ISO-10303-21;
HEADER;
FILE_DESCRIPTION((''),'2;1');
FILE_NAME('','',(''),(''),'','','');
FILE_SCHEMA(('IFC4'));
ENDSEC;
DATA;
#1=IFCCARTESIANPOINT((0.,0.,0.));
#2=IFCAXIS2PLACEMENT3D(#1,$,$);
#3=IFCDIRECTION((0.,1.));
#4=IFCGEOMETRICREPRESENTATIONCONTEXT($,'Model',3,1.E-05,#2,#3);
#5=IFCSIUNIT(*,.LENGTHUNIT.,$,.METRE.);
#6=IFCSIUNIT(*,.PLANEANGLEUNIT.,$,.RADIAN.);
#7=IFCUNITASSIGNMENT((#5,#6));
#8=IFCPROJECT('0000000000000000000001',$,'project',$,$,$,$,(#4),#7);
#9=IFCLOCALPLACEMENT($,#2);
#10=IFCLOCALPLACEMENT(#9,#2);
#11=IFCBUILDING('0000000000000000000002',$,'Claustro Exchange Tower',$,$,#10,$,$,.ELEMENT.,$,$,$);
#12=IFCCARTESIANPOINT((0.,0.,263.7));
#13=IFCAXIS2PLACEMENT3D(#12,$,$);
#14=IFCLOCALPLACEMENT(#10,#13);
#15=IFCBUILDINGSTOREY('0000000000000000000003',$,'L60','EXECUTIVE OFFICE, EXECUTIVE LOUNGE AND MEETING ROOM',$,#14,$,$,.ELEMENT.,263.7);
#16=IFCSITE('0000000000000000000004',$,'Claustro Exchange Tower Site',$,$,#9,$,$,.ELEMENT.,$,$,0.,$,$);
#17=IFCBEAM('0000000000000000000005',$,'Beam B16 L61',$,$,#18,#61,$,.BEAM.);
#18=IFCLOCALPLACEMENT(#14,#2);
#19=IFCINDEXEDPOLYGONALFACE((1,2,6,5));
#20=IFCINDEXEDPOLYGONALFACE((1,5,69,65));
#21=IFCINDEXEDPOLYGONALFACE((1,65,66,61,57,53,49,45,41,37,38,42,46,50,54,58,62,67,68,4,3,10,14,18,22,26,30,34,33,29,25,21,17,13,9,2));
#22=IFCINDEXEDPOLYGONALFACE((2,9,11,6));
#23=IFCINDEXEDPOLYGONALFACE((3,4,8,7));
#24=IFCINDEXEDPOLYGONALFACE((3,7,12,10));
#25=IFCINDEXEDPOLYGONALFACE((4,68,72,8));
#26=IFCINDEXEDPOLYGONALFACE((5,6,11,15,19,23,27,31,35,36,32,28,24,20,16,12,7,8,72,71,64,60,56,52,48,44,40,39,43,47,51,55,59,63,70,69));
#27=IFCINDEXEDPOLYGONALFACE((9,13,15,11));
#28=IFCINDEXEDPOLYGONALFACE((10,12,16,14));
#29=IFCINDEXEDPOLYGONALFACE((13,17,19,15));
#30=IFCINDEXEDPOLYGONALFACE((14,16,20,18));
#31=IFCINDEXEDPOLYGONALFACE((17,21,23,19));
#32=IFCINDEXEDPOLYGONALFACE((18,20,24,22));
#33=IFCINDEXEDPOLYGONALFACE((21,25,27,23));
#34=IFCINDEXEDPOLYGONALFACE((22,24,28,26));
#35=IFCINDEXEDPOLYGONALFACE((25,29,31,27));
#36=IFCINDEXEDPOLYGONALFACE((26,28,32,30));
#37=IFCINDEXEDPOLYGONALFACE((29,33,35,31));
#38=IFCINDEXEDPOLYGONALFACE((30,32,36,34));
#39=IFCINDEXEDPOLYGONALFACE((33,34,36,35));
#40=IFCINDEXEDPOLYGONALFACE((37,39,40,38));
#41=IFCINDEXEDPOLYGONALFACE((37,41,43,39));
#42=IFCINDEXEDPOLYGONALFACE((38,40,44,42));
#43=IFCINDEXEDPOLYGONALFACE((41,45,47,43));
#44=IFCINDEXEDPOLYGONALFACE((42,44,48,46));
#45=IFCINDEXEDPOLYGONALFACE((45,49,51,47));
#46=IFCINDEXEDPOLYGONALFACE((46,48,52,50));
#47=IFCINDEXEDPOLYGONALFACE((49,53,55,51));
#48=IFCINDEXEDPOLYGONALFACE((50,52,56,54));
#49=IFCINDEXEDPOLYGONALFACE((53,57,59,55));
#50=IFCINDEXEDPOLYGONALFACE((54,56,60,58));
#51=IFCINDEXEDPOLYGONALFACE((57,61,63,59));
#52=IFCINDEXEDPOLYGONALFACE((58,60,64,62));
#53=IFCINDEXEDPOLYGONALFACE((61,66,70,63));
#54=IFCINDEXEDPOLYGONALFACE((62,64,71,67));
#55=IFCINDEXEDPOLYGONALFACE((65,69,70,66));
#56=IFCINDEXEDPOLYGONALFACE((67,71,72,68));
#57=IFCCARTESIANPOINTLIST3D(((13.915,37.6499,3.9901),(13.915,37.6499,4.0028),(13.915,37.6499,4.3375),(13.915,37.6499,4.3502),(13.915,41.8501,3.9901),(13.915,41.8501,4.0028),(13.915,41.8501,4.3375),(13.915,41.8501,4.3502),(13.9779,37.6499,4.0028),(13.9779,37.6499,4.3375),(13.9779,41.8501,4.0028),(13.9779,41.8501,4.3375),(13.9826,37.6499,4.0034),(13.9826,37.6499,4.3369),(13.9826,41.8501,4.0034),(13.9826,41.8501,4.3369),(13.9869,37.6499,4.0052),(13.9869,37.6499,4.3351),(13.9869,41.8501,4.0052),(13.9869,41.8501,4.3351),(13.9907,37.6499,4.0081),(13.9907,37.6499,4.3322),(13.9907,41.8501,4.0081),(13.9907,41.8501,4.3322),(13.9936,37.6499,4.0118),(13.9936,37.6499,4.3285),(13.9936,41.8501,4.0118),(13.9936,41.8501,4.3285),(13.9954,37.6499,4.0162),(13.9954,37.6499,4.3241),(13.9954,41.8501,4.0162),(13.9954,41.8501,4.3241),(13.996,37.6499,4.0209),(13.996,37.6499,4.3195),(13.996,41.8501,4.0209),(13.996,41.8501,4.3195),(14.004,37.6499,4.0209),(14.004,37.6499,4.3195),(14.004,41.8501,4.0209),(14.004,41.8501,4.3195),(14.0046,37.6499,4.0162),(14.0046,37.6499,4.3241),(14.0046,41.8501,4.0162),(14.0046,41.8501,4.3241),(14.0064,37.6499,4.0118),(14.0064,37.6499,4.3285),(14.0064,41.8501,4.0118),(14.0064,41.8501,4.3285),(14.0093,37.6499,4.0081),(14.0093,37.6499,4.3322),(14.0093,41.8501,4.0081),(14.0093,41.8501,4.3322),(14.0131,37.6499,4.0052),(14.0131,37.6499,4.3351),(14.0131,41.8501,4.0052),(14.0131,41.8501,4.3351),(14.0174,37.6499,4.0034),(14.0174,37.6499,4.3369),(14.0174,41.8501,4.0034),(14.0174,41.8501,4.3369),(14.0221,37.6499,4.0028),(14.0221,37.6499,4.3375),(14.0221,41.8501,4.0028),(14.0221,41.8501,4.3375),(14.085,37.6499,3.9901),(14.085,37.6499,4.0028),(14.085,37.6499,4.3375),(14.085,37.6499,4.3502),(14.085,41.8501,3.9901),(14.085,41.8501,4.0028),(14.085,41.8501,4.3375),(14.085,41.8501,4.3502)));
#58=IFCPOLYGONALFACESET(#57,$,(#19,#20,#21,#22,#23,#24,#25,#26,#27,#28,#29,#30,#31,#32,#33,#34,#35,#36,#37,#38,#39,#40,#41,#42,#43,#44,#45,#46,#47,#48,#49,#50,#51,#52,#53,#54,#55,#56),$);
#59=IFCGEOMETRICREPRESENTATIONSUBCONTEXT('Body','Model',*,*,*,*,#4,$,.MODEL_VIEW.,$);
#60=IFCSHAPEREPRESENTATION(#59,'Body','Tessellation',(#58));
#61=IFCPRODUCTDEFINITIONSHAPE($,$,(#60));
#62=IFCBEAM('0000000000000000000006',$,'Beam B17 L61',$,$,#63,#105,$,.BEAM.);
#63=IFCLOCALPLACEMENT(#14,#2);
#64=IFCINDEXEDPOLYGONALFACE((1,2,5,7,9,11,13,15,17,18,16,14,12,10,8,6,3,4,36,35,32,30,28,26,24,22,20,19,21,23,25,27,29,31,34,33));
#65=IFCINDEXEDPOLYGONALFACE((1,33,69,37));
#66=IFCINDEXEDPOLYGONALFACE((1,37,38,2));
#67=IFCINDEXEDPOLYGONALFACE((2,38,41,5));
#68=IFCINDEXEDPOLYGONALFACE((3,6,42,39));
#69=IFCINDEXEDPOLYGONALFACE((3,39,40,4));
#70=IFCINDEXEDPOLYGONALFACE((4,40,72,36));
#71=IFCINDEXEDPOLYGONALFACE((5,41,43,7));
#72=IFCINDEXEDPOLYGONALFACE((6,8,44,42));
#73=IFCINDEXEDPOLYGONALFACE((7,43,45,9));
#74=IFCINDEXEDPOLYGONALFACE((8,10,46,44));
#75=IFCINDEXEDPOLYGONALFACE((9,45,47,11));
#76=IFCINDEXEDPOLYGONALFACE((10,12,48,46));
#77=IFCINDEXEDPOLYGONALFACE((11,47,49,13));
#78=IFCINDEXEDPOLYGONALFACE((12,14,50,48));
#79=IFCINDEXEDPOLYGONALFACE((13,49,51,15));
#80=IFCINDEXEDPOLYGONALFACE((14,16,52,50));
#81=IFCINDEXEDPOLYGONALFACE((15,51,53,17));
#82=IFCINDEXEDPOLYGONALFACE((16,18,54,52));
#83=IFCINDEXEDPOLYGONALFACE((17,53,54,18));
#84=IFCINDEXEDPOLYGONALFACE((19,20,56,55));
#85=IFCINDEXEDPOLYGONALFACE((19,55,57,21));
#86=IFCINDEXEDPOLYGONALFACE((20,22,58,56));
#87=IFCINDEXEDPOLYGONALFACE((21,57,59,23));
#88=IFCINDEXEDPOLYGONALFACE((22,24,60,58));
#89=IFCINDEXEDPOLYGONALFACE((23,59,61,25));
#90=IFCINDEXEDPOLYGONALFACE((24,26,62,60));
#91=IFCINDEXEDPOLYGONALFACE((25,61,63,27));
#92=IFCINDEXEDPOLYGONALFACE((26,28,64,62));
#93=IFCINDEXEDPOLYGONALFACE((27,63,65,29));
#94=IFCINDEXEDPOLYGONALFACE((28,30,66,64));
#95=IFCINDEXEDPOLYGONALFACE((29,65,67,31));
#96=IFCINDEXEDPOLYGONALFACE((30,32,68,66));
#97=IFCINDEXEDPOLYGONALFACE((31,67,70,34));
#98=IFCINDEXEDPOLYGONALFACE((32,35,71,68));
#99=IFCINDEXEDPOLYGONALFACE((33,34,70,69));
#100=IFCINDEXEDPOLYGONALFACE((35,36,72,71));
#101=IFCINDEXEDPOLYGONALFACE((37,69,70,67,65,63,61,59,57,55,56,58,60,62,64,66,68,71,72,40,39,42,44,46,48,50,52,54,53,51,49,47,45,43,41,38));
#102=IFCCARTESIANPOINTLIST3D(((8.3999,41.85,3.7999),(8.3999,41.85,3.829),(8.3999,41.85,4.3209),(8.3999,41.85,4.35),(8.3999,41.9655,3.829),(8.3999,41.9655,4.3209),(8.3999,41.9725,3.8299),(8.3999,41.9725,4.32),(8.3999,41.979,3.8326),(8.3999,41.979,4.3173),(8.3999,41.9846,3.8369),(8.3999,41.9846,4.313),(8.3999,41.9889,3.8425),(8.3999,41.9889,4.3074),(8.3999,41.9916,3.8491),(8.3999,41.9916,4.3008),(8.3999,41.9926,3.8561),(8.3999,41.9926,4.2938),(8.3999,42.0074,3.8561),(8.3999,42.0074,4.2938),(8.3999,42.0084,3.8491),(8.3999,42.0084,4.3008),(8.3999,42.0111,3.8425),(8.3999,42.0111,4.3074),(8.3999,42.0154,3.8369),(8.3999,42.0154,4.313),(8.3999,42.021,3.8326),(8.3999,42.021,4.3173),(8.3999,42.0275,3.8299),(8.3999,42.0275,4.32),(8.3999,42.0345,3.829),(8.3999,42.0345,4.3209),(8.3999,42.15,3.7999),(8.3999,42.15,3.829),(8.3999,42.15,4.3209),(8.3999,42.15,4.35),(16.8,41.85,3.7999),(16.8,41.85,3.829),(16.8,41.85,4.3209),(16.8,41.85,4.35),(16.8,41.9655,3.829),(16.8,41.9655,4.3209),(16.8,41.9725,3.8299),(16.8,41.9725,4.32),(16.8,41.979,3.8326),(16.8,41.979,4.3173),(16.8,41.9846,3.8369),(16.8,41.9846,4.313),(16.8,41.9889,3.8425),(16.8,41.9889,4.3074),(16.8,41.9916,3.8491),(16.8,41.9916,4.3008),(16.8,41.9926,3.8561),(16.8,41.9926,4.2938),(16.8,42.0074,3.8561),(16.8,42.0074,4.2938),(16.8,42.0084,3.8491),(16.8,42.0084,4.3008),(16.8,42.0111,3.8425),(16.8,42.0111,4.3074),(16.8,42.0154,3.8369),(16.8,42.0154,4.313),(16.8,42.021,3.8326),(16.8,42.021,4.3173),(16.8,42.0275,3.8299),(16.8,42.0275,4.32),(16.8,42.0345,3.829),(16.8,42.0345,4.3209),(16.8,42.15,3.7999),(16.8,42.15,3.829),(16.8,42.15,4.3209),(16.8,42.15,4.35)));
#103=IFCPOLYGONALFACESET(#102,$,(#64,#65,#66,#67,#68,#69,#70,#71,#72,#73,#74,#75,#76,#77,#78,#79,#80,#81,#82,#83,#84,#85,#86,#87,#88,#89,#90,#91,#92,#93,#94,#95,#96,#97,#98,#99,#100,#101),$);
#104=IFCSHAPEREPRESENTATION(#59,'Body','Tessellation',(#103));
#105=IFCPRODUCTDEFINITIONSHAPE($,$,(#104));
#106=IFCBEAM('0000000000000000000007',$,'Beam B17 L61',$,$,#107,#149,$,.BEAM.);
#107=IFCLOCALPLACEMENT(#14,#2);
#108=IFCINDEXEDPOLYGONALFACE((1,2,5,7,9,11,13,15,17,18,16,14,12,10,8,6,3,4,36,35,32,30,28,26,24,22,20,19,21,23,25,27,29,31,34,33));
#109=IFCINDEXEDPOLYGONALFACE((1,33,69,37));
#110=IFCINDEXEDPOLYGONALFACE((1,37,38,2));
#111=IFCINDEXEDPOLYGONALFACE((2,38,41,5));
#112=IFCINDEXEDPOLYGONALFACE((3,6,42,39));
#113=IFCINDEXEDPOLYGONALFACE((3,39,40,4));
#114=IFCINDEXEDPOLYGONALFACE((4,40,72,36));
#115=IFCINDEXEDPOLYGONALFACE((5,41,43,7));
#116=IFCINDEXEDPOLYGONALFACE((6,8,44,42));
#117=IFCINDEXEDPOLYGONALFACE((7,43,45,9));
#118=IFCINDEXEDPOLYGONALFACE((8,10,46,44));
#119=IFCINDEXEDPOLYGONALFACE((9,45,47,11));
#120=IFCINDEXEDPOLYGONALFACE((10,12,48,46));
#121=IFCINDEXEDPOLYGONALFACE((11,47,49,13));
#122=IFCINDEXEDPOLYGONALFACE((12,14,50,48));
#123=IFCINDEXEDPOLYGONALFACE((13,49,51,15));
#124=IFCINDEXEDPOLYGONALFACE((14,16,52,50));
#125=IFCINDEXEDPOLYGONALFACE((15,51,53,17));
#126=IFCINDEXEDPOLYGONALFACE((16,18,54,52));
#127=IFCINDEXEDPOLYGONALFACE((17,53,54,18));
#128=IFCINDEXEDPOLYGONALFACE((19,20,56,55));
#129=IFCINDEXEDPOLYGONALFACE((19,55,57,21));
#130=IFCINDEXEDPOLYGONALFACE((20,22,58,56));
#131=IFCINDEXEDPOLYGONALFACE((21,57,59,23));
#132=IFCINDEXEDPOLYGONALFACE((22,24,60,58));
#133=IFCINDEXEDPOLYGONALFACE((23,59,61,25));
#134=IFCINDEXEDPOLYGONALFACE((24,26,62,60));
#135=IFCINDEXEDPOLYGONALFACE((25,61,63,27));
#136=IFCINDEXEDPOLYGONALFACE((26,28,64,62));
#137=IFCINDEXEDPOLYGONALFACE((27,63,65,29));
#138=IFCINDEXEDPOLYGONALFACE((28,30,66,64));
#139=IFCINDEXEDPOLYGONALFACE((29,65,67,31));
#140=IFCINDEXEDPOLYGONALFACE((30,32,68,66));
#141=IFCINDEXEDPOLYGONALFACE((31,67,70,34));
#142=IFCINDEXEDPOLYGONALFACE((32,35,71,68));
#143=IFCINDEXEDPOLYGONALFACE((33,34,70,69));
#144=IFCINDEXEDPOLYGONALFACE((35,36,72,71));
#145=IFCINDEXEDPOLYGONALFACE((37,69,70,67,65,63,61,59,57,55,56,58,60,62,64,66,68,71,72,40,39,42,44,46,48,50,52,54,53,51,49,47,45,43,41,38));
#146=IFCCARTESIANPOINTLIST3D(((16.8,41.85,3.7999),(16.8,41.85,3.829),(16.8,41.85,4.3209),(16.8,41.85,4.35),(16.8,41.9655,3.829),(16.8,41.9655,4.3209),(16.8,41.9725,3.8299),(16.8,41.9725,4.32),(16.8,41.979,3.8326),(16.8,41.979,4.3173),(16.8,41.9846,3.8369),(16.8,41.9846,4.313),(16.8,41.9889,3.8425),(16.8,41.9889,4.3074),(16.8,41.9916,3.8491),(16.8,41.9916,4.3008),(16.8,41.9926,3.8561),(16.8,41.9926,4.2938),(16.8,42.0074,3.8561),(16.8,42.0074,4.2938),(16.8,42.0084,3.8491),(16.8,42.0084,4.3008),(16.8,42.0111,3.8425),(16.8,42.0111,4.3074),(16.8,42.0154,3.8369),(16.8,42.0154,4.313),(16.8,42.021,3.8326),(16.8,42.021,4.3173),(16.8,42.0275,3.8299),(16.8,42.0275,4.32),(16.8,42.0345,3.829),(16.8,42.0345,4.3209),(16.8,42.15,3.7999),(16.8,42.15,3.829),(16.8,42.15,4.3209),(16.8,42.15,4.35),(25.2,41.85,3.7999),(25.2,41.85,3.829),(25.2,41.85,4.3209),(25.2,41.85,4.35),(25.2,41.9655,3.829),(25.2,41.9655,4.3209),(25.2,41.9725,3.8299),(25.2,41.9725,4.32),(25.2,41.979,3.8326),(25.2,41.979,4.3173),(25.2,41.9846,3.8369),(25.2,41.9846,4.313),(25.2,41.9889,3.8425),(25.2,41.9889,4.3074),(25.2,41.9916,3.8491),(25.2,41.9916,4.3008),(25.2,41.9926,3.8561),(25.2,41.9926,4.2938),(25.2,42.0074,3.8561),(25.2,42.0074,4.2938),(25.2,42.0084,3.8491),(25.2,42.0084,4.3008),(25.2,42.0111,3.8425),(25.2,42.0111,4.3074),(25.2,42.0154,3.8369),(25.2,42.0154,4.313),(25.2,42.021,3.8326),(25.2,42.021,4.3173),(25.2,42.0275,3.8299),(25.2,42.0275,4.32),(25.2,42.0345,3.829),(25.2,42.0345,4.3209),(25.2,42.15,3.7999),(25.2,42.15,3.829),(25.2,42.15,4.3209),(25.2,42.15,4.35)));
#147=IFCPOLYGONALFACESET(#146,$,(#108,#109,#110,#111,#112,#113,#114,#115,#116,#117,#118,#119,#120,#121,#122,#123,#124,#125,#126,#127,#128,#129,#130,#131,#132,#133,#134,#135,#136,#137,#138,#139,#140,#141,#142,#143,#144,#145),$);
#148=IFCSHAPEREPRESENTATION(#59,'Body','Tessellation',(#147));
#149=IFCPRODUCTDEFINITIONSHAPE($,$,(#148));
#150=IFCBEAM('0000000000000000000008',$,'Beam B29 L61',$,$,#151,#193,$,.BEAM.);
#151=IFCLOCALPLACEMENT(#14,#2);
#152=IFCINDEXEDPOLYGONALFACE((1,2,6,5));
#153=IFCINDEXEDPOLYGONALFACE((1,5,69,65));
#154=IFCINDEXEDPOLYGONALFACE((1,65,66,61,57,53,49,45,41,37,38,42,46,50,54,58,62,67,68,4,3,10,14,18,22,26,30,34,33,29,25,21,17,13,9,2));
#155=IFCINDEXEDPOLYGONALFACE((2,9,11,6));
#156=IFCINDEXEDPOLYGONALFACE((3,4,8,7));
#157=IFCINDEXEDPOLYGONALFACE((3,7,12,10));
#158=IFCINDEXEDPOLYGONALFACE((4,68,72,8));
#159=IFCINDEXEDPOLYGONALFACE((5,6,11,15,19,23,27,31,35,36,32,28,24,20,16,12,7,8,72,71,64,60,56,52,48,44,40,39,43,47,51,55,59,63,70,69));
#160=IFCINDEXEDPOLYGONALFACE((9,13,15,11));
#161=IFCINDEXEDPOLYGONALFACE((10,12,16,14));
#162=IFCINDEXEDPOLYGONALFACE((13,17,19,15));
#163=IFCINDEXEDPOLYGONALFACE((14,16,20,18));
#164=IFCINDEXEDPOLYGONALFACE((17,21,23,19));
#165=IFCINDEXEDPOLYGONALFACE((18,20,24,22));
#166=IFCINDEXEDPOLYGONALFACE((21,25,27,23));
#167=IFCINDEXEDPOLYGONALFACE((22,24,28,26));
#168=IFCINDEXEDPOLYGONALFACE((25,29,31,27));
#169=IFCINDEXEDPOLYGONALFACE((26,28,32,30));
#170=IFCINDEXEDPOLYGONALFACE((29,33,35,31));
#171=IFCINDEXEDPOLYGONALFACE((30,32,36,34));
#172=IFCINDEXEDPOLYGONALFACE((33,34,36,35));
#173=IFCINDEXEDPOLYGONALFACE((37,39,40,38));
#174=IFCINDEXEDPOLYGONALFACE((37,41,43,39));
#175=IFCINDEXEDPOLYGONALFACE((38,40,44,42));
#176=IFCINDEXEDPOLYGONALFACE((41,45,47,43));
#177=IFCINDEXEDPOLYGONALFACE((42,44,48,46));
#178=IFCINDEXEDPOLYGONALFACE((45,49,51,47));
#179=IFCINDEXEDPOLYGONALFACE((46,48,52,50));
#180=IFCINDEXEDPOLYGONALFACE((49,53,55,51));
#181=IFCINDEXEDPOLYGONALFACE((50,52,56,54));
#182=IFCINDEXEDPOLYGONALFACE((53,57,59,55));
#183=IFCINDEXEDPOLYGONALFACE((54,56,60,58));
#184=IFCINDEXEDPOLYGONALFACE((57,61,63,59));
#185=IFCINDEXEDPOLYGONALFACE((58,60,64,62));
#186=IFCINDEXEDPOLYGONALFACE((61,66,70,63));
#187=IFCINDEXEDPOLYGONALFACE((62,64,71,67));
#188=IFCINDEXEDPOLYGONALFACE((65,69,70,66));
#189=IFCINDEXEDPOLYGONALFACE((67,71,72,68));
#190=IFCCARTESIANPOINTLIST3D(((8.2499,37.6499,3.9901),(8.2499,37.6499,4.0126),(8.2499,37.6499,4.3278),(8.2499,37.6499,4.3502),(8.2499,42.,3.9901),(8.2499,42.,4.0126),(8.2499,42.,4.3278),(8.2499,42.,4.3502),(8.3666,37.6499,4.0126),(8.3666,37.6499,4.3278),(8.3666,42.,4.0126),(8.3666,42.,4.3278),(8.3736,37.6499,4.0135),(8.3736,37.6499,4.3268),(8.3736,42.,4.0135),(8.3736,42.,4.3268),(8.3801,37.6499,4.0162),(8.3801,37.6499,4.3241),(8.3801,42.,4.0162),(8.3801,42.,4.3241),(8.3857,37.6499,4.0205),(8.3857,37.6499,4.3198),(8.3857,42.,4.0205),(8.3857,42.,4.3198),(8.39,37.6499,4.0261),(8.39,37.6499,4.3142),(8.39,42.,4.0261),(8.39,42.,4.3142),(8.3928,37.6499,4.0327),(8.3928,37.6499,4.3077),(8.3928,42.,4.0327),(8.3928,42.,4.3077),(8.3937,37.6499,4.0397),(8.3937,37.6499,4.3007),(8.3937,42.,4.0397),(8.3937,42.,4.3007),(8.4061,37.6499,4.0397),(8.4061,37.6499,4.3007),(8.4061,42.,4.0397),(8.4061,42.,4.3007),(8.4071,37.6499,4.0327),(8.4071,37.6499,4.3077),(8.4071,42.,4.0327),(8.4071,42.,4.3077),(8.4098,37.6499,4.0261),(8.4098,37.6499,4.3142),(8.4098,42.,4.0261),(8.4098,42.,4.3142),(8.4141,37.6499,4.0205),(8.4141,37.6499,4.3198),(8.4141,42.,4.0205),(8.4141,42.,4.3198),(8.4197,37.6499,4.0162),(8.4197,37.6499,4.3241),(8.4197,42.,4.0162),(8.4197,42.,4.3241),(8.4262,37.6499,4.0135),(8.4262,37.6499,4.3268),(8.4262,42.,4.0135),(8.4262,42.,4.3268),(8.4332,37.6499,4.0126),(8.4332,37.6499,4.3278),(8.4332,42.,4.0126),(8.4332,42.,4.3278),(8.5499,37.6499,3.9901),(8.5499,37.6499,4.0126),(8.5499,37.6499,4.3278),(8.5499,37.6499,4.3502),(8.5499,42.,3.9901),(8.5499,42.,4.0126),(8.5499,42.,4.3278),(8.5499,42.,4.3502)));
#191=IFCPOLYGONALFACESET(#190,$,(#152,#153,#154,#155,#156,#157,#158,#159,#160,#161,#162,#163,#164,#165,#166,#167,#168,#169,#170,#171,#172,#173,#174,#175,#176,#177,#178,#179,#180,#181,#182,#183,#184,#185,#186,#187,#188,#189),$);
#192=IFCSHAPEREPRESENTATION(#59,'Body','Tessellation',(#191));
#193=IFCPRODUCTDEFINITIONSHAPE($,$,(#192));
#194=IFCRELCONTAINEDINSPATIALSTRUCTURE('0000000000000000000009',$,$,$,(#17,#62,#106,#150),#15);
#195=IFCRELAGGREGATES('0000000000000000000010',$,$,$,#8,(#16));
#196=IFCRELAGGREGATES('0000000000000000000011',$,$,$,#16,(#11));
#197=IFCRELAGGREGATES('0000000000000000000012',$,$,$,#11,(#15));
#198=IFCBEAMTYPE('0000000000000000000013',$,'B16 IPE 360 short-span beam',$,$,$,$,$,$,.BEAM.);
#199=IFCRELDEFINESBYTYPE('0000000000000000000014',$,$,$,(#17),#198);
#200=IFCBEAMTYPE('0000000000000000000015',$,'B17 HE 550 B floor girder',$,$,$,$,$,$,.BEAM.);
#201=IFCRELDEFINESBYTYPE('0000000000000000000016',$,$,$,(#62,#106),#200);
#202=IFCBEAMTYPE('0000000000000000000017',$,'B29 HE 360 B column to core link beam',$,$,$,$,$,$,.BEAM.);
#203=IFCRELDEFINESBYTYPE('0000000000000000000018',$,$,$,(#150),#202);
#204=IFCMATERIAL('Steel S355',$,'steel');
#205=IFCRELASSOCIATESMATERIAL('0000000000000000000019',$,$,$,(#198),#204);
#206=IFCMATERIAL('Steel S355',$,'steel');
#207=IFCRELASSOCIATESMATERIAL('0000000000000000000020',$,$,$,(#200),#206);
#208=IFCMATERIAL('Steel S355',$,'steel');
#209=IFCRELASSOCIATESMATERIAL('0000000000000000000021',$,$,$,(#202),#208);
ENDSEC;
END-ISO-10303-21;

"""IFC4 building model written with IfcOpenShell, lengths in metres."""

from ifc_helpers import new_model, si_unit, direction, frame, origin, origin_2d, place, context, subcontext, project, spatial, i_section, extrude, material, material_profile, profile_set, type_object, element, save


model = new_model("IFC4")

# Units and contexts
model_context = context("Model", 3, precision=1e-05, world=origin(), true_north=direction((0.0, 1.0)))
body_context = subcontext(model_context, "Body", "Model", "MODEL_VIEW")
ifc_project = project(units=[si_unit("LENGTHUNIT", "METRE"), si_unit("PLANEANGLEUNIT", "RADIAN")], contexts=[model_context])

# Site, building, storey
site_placement = place(None, origin())
site = spatial("IfcSite", under=ifc_project, at=site_placement, Name="Claustro Exchange Tower Site", CompositionType="ELEMENT", RefElevation=0.0)
building_placement = place(site_placement, origin())
building = spatial("IfcBuilding", under=site, at=building_placement, Name="Claustro Exchange Tower", CompositionType="ELEMENT")
storey_placement = place(building_placement, frame((0.0, 0.0, 263.7)))
storey = spatial("IfcBuildingStorey", under=building, at=storey_placement, Name="L60", Description="EXECUTIVE OFFICE, EXECUTIVE LOUNGE AND MEETING ROOM", CompositionType="ELEMENT", Elevation=263.7)

# Beams
ifc_material_1 = material(Name="Steel S355", Category="steel")
ifc_material_profile_1 = material_profile(ifc_material_1, i_section(OverallWidth=0.1699, OverallDepth=0.3601, WebThickness=0.0081, FlangeThickness=0.0127, FilletRadius=0.0181, at=origin_2d()), Name="IPE 360")
ifc_profile_set_1 = profile_set([ifc_material_profile_1], Name="Steel S355")
beam_type_1 = type_object("IfcBeamType", Name="B16 IPE 360 short-span beam", PredefinedType="BEAM", material=ifc_profile_set_1)
for number, where, z_axis, x_axis, name in (
    (1, (14.0, 37.6499, 4.1702), (0.0, 1.0, 0.0), (-1.0, 0.0, 0.0), "Beam B16 L61"),
):
    element("IfcBeam", number, at=place(storey_placement, frame(where, z_axis=z_axis, x_axis=x_axis)), inside=storey, type_object=beam_type_1, Name=name, PredefinedType="BEAM", context=body_context, shape_type="SweptSolid", body=[
        extrude(i_section(OverallWidth=0.1699, OverallDepth=0.3601, WebThickness=0.0081, FlangeThickness=0.0127, FilletRadius=0.0181, at=origin_2d()), origin(), (0.0, 0.0, 1.0), 4.2002),
    ])
ifc_material_2 = material(Name="Steel S355", Category="steel")
ifc_material_profile_2 = material_profile(ifc_material_2, i_section(OverallWidth=0.3, OverallDepth=0.55, WebThickness=0.0149, FlangeThickness=0.0291, FilletRadius=0.0271, at=origin_2d()), Name="HE 550 B")
ifc_profile_set_2 = profile_set([ifc_material_profile_2], Name="Steel S355")
beam_type_2 = type_object("IfcBeamType", Name="B17 HE 550 B floor girder", PredefinedType="BEAM", material=ifc_profile_set_2)
beam_1_placement = place(storey_placement, frame((8.3999, 42.0, 4.075), z_axis=(1.0, 0.0, 0.0), x_axis=(0.0, 1.0, 0.0)))
element("IfcBeam", 2, at=beam_1_placement, inside=storey, type_object=beam_type_2, Name="Beam B17 L61", PredefinedType="BEAM", context=body_context, shape_type="SweptSolid", body=[
    extrude(i_section(OverallWidth=0.3, OverallDepth=0.55, WebThickness=0.0149, FlangeThickness=0.0291, FilletRadius=0.0271, at=origin_2d()), origin(), (0.0, 0.0, 1.0), 8.4001),
])
beam_2_placement = place(storey_placement, frame((16.8, 42.0, 4.075), z_axis=(1.0, 0.0, 0.0), x_axis=(0.0, 1.0, 0.0)))
element("IfcBeam", 3, at=beam_2_placement, inside=storey, type_object=beam_type_2, Name="Beam B17 L61", PredefinedType="BEAM", context=body_context, shape_type="SweptSolid", body=[
    extrude(i_section(OverallWidth=0.3, OverallDepth=0.55, WebThickness=0.0149, FlangeThickness=0.0291, FilletRadius=0.0271, at=origin_2d()), origin(), (0.0, 0.0, 1.0), 8.3999),
])
ifc_material_3 = material(Name="Steel S355", Category="steel")
ifc_material_profile_3 = material_profile(ifc_material_3, i_section(OverallWidth=0.3, OverallDepth=0.3601, WebThickness=0.0125, FlangeThickness=0.0225, FilletRadius=0.0271, at=origin_2d()), Name="HE 360 B")
ifc_profile_set_3 = profile_set([ifc_material_profile_3], Name="Steel S355")
beam_type_3 = type_object("IfcBeamType", Name="B29 HE 360 B column to core link beam", PredefinedType="BEAM", material=ifc_profile_set_3)
for number, where, z_axis, x_axis, name in (
    (4, (8.3999, 37.6499, 4.1702), (0.0, 1.0, 0.0), (-1.0, 0.0, 0.0), "Beam B29 L61"),
):
    element("IfcBeam", number, at=place(storey_placement, frame(where, z_axis=z_axis, x_axis=x_axis)), inside=storey, type_object=beam_type_3, Name=name, PredefinedType="BEAM", context=body_context, shape_type="SweptSolid", body=[
        extrude(i_section(OverallWidth=0.3, OverallDepth=0.3601, WebThickness=0.0125, FlangeThickness=0.0225, FilletRadius=0.0271, at=origin_2d()), origin(), (0.0, 0.0, 1.0), 4.3501),
    ])

save(model, "model.ifc")
